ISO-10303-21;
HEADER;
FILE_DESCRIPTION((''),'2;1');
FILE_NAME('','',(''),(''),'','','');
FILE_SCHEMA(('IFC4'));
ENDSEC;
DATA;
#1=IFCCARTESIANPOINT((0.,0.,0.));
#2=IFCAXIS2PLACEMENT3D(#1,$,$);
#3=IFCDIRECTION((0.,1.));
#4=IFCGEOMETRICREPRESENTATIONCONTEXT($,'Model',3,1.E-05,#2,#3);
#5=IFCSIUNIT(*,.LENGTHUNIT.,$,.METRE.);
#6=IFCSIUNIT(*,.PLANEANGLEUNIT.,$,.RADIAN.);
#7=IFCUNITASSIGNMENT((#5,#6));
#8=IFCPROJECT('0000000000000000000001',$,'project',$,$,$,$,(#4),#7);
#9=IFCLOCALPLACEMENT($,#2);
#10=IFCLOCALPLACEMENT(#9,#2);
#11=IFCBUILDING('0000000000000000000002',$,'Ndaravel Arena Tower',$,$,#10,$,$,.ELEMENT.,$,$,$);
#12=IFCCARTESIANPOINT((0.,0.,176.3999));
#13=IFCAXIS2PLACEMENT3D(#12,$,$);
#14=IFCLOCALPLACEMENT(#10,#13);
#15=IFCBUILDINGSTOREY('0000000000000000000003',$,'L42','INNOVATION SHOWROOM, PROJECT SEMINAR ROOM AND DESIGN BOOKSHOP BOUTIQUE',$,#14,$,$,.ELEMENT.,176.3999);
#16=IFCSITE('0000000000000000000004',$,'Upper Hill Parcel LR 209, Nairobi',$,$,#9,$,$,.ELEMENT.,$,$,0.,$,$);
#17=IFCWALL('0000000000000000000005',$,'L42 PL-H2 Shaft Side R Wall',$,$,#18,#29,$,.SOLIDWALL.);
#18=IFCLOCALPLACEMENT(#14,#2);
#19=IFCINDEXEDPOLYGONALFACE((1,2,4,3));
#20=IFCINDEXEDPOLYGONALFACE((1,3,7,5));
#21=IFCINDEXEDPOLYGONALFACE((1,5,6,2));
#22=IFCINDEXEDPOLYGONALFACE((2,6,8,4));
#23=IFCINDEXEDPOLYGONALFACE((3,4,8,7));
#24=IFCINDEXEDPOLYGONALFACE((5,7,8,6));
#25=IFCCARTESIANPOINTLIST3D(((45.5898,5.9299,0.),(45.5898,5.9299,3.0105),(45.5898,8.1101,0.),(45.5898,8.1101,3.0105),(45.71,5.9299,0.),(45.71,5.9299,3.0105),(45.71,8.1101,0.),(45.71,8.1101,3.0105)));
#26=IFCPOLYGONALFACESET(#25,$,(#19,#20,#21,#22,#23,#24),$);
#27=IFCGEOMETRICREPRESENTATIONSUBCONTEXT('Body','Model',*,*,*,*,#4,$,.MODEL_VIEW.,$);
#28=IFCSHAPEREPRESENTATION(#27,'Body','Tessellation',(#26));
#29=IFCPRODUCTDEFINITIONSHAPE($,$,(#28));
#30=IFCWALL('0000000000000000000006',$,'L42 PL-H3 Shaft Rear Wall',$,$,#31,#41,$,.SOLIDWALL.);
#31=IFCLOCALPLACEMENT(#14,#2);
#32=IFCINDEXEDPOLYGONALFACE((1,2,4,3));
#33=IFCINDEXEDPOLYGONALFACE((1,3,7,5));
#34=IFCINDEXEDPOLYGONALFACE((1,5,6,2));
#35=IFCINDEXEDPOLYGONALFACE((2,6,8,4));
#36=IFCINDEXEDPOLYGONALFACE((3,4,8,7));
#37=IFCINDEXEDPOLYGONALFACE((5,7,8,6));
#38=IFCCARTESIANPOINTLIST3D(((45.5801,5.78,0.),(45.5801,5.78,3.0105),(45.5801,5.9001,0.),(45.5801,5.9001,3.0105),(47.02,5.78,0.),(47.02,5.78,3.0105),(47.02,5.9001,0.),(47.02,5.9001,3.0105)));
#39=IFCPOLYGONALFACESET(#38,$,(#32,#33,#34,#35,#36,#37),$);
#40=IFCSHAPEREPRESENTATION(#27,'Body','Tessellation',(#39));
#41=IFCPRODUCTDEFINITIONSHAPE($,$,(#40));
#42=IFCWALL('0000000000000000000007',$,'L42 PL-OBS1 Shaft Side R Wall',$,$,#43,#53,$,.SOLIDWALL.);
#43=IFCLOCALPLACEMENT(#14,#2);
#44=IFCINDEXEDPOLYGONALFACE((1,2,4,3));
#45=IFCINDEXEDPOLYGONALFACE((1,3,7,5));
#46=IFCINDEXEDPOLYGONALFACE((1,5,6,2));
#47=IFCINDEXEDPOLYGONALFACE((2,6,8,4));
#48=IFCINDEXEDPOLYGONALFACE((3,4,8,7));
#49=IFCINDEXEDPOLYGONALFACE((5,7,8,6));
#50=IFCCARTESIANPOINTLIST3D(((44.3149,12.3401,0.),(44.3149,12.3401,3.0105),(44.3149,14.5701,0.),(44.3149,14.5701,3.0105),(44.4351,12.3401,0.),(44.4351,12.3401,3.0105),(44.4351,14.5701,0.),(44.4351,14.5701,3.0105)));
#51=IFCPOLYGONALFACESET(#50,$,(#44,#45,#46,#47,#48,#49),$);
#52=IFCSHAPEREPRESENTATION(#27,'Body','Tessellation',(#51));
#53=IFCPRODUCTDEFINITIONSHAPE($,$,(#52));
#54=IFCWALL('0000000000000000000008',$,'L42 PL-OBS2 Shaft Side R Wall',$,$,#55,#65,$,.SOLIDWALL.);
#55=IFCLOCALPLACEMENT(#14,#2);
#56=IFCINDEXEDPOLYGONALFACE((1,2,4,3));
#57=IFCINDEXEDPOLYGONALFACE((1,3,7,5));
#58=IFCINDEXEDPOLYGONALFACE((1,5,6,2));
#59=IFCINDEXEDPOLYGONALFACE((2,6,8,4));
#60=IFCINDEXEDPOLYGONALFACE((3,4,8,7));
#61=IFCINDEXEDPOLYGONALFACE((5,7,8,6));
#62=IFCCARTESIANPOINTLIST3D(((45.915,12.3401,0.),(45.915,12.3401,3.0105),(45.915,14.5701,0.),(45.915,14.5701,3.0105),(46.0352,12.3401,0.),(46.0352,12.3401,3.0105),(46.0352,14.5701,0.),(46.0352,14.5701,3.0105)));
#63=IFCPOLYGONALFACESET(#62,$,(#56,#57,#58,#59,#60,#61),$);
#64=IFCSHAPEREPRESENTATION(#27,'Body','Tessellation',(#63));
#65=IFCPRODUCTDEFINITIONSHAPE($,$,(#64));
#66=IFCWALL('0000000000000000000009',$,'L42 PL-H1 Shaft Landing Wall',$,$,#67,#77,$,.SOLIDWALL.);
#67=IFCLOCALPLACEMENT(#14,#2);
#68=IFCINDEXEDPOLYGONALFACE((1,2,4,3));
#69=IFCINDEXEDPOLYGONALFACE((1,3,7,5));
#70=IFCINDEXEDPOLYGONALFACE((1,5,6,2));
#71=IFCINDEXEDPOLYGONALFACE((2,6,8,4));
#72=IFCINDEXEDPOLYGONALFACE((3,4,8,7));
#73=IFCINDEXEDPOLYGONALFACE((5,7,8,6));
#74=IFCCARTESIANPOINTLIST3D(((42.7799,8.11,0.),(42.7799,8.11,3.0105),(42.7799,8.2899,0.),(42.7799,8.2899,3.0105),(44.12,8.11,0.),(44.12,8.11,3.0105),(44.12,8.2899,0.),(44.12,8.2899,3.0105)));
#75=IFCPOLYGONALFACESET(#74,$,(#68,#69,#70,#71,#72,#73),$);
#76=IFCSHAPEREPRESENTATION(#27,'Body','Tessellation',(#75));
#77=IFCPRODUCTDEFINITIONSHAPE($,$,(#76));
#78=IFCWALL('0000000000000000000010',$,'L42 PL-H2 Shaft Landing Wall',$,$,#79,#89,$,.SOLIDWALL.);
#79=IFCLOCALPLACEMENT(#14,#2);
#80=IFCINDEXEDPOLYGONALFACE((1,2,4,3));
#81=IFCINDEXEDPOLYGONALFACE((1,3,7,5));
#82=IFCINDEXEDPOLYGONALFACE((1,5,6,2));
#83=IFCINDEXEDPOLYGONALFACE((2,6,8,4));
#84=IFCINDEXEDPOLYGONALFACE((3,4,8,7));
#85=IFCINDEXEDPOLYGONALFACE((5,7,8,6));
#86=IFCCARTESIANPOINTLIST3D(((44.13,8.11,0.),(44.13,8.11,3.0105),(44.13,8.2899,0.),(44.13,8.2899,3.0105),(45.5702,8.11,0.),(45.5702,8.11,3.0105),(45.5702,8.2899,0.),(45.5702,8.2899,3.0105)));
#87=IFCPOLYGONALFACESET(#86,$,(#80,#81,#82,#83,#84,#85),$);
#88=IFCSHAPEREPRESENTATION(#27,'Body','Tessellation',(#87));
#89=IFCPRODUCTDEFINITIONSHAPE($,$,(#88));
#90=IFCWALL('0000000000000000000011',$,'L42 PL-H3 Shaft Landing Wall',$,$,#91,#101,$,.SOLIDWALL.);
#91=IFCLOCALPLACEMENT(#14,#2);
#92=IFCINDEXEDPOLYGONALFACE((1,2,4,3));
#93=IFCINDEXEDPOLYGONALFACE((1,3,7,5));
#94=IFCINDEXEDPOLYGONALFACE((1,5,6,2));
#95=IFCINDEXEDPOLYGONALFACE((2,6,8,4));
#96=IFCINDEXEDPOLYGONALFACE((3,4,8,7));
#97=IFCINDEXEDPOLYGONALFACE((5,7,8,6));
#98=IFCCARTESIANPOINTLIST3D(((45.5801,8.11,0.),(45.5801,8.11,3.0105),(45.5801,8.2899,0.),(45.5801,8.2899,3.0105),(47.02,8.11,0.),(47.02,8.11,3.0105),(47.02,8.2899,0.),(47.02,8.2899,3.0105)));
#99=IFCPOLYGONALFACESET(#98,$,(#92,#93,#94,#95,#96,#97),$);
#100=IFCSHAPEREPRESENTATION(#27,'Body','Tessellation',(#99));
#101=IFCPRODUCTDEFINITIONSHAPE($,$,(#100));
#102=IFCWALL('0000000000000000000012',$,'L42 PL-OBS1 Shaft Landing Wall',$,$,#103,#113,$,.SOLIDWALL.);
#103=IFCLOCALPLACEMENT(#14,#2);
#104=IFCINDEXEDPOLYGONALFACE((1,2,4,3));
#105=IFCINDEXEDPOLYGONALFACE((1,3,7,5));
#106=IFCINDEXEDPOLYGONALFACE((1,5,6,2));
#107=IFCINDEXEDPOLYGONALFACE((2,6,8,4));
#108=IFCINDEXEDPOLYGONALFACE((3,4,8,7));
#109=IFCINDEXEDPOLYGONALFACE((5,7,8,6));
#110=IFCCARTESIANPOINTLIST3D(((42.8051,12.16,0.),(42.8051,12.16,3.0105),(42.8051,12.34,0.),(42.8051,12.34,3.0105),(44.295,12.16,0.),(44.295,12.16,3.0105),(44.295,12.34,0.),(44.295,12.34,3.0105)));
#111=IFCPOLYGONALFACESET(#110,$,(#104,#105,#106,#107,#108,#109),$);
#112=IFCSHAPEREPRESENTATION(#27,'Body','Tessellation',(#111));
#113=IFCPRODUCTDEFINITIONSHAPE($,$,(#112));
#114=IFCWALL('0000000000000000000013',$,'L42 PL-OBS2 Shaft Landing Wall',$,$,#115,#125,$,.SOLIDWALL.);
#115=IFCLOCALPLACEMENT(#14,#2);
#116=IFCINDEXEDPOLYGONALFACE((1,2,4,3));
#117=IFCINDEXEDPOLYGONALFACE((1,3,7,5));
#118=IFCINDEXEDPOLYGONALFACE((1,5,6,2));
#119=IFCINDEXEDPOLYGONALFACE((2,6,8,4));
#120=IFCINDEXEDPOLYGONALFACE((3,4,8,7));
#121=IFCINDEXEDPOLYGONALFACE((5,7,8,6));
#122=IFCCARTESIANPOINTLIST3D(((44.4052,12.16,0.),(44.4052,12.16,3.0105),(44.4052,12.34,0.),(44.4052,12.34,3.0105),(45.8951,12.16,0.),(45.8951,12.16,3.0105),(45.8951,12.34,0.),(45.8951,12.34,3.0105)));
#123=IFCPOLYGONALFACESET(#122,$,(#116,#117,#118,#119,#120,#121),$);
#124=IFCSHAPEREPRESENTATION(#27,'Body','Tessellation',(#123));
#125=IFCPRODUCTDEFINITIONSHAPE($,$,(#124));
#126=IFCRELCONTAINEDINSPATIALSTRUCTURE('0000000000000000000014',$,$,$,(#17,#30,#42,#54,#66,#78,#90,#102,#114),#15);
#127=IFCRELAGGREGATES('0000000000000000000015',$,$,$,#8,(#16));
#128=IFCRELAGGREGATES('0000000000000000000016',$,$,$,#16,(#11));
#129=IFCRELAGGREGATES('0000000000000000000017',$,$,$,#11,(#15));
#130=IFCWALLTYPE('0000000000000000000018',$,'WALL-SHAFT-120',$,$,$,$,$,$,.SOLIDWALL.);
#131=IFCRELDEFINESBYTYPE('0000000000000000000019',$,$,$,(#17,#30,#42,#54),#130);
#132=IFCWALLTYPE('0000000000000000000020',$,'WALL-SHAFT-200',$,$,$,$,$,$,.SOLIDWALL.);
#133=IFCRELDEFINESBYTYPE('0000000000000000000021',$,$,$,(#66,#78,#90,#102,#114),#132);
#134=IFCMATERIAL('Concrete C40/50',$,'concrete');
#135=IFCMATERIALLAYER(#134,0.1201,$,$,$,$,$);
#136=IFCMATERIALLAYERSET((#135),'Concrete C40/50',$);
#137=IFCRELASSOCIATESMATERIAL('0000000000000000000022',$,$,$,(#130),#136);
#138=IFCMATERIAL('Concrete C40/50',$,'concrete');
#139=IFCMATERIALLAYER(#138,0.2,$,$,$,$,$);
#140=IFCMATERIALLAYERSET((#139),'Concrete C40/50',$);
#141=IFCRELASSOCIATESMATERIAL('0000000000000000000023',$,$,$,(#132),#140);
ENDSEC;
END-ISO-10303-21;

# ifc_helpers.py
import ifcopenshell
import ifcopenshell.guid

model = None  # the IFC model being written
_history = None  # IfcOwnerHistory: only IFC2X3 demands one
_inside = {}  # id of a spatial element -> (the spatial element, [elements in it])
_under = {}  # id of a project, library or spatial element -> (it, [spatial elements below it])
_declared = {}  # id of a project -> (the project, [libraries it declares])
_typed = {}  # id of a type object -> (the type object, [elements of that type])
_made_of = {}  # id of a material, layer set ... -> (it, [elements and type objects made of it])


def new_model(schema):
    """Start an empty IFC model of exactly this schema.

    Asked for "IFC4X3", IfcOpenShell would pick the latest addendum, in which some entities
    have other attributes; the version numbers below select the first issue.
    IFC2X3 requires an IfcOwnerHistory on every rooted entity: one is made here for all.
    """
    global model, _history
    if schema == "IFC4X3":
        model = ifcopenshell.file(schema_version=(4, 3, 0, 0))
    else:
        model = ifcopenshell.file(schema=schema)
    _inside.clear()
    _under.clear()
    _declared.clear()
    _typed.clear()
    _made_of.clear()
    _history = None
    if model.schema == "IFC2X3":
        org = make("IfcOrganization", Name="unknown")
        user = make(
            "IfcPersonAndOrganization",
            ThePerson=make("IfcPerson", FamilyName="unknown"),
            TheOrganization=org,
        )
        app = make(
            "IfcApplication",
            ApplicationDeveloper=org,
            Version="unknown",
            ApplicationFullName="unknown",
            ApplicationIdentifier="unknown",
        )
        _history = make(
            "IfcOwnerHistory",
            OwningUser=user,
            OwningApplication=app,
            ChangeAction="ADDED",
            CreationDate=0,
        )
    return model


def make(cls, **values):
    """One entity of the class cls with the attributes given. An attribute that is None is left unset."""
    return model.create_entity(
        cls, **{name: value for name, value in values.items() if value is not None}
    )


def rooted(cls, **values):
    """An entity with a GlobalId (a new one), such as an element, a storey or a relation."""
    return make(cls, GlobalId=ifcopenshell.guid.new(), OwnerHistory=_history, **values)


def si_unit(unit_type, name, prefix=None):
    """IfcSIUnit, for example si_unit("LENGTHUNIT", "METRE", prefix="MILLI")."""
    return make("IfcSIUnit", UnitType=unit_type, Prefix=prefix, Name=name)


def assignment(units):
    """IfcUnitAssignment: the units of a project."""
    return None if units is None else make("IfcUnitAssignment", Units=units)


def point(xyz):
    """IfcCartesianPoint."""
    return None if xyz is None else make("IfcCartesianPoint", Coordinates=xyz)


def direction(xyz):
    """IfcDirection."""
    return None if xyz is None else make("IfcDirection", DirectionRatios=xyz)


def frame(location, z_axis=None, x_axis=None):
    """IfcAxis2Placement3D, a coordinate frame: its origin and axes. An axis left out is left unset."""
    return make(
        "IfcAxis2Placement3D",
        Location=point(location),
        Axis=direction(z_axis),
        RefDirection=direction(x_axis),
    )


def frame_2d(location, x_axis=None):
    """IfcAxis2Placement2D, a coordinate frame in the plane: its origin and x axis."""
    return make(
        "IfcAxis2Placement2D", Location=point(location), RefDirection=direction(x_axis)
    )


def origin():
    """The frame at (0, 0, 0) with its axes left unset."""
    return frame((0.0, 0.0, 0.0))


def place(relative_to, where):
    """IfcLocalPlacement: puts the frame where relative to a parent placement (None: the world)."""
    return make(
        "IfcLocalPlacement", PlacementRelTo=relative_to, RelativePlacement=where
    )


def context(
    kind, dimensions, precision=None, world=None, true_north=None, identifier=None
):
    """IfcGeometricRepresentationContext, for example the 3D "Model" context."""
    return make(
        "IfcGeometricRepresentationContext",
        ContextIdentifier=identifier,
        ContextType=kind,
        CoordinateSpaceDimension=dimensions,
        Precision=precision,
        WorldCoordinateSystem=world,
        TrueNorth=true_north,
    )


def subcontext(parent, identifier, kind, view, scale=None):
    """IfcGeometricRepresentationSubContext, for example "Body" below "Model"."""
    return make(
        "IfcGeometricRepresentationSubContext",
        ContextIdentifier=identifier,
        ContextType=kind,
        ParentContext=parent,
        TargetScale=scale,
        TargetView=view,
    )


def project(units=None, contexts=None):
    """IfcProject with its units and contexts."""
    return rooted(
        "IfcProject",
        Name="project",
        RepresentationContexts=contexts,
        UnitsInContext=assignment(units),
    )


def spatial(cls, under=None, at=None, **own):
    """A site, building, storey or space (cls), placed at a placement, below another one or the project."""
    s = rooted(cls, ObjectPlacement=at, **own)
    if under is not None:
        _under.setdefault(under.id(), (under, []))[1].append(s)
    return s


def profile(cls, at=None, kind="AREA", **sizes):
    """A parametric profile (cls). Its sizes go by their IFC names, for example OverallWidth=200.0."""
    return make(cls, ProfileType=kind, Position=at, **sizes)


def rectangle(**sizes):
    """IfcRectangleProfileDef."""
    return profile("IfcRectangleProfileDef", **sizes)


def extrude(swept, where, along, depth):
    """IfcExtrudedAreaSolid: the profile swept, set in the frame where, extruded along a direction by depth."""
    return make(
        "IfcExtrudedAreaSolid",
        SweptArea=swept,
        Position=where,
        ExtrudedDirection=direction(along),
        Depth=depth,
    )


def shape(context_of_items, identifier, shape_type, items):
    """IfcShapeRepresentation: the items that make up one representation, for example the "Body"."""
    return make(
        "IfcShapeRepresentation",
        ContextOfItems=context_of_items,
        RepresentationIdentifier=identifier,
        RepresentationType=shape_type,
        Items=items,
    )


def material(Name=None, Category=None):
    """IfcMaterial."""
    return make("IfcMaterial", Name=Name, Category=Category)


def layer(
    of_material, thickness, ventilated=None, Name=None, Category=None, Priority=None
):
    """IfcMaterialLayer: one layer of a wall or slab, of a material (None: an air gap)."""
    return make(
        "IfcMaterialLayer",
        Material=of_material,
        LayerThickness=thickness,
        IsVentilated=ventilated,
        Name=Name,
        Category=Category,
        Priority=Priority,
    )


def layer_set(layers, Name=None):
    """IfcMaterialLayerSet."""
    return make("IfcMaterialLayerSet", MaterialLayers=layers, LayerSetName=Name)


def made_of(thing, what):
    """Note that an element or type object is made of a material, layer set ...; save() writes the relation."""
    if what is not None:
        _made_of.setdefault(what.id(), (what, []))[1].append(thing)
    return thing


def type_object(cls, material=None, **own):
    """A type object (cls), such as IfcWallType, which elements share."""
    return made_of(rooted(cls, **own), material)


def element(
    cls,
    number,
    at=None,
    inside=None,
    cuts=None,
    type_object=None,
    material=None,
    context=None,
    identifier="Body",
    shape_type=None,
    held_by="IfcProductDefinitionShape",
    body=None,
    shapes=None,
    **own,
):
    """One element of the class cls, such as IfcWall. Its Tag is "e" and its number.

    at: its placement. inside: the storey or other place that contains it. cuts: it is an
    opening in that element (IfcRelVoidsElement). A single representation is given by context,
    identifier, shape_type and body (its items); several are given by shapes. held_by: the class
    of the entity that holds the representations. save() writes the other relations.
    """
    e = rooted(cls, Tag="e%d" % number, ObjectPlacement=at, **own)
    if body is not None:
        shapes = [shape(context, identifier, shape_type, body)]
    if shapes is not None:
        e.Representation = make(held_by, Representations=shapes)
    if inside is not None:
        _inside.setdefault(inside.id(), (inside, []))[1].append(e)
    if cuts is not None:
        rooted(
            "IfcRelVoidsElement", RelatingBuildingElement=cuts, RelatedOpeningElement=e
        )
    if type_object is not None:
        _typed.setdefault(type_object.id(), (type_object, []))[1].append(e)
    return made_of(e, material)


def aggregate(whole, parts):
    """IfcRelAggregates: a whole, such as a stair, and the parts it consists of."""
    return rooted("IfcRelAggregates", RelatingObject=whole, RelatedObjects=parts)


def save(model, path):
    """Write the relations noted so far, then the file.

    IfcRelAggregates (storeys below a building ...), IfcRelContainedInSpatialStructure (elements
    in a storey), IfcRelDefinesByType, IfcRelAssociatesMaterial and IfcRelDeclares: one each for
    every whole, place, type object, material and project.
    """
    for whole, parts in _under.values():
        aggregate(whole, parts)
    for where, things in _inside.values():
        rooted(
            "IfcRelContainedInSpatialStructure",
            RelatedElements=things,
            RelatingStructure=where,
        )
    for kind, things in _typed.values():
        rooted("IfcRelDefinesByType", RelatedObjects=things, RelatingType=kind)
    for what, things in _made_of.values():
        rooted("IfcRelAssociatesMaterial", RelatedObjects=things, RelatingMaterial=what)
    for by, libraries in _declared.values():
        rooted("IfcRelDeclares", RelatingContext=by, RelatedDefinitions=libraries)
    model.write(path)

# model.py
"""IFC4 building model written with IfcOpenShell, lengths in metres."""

from ifc_helpers import new_model, si_unit, direction, frame, frame_2d, origin, place, context, subcontext, project, spatial, rectangle, extrude, material, layer, layer_set, type_object, element, save


model = new_model("IFC4")

# Units and contexts
model_context = context("Model", 3, precision=1e-05, world=origin(), true_north=direction((0.0, 1.0)))
body_context = subcontext(model_context, "Body", "Model", "MODEL_VIEW")
ifc_project = project(units=[si_unit("LENGTHUNIT", "METRE"), si_unit("PLANEANGLEUNIT", "RADIAN")], contexts=[model_context])

# Site, building, storey
site_placement = place(None, origin())
site = spatial("IfcSite", under=ifc_project, at=site_placement, Name="Upper Hill Parcel LR 209, Nairobi", CompositionType="ELEMENT", RefElevation=0.0)
building_placement = place(site_placement, origin())
building = spatial("IfcBuilding", under=site, at=building_placement, Name="Ndaravel Arena Tower", CompositionType="ELEMENT")
storey_placement = place(building_placement, frame((0.0, 0.0, 176.3999)))
storey = spatial("IfcBuildingStorey", under=building, at=storey_placement, Name="L42", Description="INNOVATION SHOWROOM, PROJECT SEMINAR ROOM AND DESIGN BOOKSHOP BOUTIQUE", CompositionType="ELEMENT", Elevation=176.3999)

# Walls
ifc_material_1 = material(Name="Concrete C40/50", Category="concrete")
ifc_layer_1 = layer(ifc_material_1, 0.1201)
ifc_layer_set_1 = layer_set([ifc_layer_1], Name="Concrete C40/50")
wall_type_1 = type_object("IfcWallType", Name="WALL-SHAFT-120", PredefinedType="SOLIDWALL", material=ifc_layer_set_1)
wall_1_placement = place(storey_placement, frame((45.6499, 5.9299, 0.0), z_axis=(0.0, 0.0, 1.0), x_axis=(0.0, 1.0, 0.0)))
element("IfcWall", 1, at=wall_1_placement, inside=storey, type_object=wall_type_1, Name="L42 PL-H2 Shaft Side R Wall", PredefinedType="SOLIDWALL", context=body_context, shape_type="SweptSolid", body=[
    extrude(rectangle(XDim=2.1802, YDim=0.1201, at=frame_2d((1.0901, 0.0))), origin(), (0.0, 0.0, 1.0), 3.0105),
])
wall_2_placement = place(storey_placement, frame((45.5801, 5.8401, 0.0), z_axis=(0.0, 0.0, 1.0), x_axis=(1.0, 0.0, 0.0)))
element("IfcWall", 2, at=wall_2_placement, inside=storey, type_object=wall_type_1, Name="L42 PL-H3 Shaft Rear Wall", PredefinedType="SOLIDWALL", context=body_context, shape_type="SweptSolid", body=[
    extrude(rectangle(XDim=1.4399, YDim=0.1201, at=frame_2d((0.72, 0.0))), origin(), (0.0, 0.0, 1.0), 3.0105),
])
for number, where, z_axis, x_axis, name in (
    (3, (44.375, 12.3401, 0.0), (0.0, 0.0, 1.0), (0.0, 1.0, 0.0), "L42 PL-OBS1 Shaft Side R Wall"),
    (4, (45.9751, 12.3401, 0.0), (0.0, 0.0, 1.0), (0.0, 1.0, 0.0), "L42 PL-OBS2 Shaft Side R Wall"),
):
    element("IfcWall", number, at=place(storey_placement, frame(where, z_axis=z_axis, x_axis=x_axis)), inside=storey, type_object=wall_type_1, Name=name, PredefinedType="SOLIDWALL", context=body_context, shape_type="SweptSolid", body=[
        extrude(rectangle(XDim=2.23, YDim=0.1201, at=frame_2d((1.115, 0.0))), origin(), (0.0, 0.0, 1.0), 3.0105),
    ])
ifc_material_2 = material(Name="Concrete C40/50", Category="concrete")
ifc_layer_2 = layer(ifc_material_2, 0.2)
ifc_layer_set_2 = layer_set([ifc_layer_2], Name="Concrete C40/50")
wall_type_2 = type_object("IfcWallType", Name="WALL-SHAFT-200", PredefinedType="SOLIDWALL", material=ifc_layer_set_2)
wall_3_placement = place(storey_placement, frame((42.78, 8.2, 0.0), z_axis=(0.0, 0.0, 1.0), x_axis=(1.0, 0.0, 0.0)))
element("IfcWall", 5, at=wall_3_placement, inside=storey, type_object=wall_type_2, Name="L42 PL-H1 Shaft Landing Wall", PredefinedType="SOLIDWALL", context=body_context, shape_type="SweptSolid", body=[
    extrude(rectangle(XDim=1.3401, YDim=0.1799, at=frame_2d((0.6699, 0.0))), origin(), (0.0, 0.0, 1.0), 3.0105),
])
wall_4_placement = place(storey_placement, frame((44.1299, 8.2, 0.0), z_axis=(0.0, 0.0, 1.0), x_axis=(1.0, 0.0, 0.0)))
element("IfcWall", 6, at=wall_4_placement, inside=storey, type_object=wall_type_2, Name="L42 PL-H2 Shaft Landing Wall", PredefinedType="SOLIDWALL", context=body_context, shape_type="SweptSolid", body=[
    extrude(rectangle(XDim=1.4402, YDim=0.1799, at=frame_2d((0.7202, 0.0))), origin(), (0.0, 0.0, 1.0), 3.0105),
])
wall_5_placement = place(storey_placement, frame((45.5801, 8.2, 0.0), z_axis=(0.0, 0.0, 1.0), x_axis=(1.0, 0.0, 0.0)))
element("IfcWall", 7, at=wall_5_placement, inside=storey, type_object=wall_type_2, Name="L42 PL-H3 Shaft Landing Wall", PredefinedType="SOLIDWALL", context=body_context, shape_type="SweptSolid", body=[
    extrude(rectangle(XDim=1.4399, YDim=0.1799, at=frame_2d((0.72, 0.0))), origin(), (0.0, 0.0, 1.0), 3.0105),
])
for number, where, z_axis, x_axis, name in (
    (8, (42.8049, 12.25, 0.0), (0.0, 0.0, 1.0), (1.0, 0.0, 0.0), "L42 PL-OBS1 Shaft Landing Wall"),
    (9, (44.405, 12.25, 0.0), (0.0, 0.0, 1.0), (1.0, 0.0, 0.0), "L42 PL-OBS2 Shaft Landing Wall"),
):
    element("IfcWall", number, at=place(storey_placement, frame(where, z_axis=z_axis, x_axis=x_axis)), inside=storey, type_object=wall_type_2, Name=name, PredefinedType="SOLIDWALL", context=body_context, shape_type="SweptSolid", body=[
        extrude(rectangle(XDim=1.49, YDim=0.1799, at=frame_2d((0.7451, 0.0))), origin(), (0.0, 0.0, 1.0), 3.0105),
    ])

save(model, "model.ifc")
